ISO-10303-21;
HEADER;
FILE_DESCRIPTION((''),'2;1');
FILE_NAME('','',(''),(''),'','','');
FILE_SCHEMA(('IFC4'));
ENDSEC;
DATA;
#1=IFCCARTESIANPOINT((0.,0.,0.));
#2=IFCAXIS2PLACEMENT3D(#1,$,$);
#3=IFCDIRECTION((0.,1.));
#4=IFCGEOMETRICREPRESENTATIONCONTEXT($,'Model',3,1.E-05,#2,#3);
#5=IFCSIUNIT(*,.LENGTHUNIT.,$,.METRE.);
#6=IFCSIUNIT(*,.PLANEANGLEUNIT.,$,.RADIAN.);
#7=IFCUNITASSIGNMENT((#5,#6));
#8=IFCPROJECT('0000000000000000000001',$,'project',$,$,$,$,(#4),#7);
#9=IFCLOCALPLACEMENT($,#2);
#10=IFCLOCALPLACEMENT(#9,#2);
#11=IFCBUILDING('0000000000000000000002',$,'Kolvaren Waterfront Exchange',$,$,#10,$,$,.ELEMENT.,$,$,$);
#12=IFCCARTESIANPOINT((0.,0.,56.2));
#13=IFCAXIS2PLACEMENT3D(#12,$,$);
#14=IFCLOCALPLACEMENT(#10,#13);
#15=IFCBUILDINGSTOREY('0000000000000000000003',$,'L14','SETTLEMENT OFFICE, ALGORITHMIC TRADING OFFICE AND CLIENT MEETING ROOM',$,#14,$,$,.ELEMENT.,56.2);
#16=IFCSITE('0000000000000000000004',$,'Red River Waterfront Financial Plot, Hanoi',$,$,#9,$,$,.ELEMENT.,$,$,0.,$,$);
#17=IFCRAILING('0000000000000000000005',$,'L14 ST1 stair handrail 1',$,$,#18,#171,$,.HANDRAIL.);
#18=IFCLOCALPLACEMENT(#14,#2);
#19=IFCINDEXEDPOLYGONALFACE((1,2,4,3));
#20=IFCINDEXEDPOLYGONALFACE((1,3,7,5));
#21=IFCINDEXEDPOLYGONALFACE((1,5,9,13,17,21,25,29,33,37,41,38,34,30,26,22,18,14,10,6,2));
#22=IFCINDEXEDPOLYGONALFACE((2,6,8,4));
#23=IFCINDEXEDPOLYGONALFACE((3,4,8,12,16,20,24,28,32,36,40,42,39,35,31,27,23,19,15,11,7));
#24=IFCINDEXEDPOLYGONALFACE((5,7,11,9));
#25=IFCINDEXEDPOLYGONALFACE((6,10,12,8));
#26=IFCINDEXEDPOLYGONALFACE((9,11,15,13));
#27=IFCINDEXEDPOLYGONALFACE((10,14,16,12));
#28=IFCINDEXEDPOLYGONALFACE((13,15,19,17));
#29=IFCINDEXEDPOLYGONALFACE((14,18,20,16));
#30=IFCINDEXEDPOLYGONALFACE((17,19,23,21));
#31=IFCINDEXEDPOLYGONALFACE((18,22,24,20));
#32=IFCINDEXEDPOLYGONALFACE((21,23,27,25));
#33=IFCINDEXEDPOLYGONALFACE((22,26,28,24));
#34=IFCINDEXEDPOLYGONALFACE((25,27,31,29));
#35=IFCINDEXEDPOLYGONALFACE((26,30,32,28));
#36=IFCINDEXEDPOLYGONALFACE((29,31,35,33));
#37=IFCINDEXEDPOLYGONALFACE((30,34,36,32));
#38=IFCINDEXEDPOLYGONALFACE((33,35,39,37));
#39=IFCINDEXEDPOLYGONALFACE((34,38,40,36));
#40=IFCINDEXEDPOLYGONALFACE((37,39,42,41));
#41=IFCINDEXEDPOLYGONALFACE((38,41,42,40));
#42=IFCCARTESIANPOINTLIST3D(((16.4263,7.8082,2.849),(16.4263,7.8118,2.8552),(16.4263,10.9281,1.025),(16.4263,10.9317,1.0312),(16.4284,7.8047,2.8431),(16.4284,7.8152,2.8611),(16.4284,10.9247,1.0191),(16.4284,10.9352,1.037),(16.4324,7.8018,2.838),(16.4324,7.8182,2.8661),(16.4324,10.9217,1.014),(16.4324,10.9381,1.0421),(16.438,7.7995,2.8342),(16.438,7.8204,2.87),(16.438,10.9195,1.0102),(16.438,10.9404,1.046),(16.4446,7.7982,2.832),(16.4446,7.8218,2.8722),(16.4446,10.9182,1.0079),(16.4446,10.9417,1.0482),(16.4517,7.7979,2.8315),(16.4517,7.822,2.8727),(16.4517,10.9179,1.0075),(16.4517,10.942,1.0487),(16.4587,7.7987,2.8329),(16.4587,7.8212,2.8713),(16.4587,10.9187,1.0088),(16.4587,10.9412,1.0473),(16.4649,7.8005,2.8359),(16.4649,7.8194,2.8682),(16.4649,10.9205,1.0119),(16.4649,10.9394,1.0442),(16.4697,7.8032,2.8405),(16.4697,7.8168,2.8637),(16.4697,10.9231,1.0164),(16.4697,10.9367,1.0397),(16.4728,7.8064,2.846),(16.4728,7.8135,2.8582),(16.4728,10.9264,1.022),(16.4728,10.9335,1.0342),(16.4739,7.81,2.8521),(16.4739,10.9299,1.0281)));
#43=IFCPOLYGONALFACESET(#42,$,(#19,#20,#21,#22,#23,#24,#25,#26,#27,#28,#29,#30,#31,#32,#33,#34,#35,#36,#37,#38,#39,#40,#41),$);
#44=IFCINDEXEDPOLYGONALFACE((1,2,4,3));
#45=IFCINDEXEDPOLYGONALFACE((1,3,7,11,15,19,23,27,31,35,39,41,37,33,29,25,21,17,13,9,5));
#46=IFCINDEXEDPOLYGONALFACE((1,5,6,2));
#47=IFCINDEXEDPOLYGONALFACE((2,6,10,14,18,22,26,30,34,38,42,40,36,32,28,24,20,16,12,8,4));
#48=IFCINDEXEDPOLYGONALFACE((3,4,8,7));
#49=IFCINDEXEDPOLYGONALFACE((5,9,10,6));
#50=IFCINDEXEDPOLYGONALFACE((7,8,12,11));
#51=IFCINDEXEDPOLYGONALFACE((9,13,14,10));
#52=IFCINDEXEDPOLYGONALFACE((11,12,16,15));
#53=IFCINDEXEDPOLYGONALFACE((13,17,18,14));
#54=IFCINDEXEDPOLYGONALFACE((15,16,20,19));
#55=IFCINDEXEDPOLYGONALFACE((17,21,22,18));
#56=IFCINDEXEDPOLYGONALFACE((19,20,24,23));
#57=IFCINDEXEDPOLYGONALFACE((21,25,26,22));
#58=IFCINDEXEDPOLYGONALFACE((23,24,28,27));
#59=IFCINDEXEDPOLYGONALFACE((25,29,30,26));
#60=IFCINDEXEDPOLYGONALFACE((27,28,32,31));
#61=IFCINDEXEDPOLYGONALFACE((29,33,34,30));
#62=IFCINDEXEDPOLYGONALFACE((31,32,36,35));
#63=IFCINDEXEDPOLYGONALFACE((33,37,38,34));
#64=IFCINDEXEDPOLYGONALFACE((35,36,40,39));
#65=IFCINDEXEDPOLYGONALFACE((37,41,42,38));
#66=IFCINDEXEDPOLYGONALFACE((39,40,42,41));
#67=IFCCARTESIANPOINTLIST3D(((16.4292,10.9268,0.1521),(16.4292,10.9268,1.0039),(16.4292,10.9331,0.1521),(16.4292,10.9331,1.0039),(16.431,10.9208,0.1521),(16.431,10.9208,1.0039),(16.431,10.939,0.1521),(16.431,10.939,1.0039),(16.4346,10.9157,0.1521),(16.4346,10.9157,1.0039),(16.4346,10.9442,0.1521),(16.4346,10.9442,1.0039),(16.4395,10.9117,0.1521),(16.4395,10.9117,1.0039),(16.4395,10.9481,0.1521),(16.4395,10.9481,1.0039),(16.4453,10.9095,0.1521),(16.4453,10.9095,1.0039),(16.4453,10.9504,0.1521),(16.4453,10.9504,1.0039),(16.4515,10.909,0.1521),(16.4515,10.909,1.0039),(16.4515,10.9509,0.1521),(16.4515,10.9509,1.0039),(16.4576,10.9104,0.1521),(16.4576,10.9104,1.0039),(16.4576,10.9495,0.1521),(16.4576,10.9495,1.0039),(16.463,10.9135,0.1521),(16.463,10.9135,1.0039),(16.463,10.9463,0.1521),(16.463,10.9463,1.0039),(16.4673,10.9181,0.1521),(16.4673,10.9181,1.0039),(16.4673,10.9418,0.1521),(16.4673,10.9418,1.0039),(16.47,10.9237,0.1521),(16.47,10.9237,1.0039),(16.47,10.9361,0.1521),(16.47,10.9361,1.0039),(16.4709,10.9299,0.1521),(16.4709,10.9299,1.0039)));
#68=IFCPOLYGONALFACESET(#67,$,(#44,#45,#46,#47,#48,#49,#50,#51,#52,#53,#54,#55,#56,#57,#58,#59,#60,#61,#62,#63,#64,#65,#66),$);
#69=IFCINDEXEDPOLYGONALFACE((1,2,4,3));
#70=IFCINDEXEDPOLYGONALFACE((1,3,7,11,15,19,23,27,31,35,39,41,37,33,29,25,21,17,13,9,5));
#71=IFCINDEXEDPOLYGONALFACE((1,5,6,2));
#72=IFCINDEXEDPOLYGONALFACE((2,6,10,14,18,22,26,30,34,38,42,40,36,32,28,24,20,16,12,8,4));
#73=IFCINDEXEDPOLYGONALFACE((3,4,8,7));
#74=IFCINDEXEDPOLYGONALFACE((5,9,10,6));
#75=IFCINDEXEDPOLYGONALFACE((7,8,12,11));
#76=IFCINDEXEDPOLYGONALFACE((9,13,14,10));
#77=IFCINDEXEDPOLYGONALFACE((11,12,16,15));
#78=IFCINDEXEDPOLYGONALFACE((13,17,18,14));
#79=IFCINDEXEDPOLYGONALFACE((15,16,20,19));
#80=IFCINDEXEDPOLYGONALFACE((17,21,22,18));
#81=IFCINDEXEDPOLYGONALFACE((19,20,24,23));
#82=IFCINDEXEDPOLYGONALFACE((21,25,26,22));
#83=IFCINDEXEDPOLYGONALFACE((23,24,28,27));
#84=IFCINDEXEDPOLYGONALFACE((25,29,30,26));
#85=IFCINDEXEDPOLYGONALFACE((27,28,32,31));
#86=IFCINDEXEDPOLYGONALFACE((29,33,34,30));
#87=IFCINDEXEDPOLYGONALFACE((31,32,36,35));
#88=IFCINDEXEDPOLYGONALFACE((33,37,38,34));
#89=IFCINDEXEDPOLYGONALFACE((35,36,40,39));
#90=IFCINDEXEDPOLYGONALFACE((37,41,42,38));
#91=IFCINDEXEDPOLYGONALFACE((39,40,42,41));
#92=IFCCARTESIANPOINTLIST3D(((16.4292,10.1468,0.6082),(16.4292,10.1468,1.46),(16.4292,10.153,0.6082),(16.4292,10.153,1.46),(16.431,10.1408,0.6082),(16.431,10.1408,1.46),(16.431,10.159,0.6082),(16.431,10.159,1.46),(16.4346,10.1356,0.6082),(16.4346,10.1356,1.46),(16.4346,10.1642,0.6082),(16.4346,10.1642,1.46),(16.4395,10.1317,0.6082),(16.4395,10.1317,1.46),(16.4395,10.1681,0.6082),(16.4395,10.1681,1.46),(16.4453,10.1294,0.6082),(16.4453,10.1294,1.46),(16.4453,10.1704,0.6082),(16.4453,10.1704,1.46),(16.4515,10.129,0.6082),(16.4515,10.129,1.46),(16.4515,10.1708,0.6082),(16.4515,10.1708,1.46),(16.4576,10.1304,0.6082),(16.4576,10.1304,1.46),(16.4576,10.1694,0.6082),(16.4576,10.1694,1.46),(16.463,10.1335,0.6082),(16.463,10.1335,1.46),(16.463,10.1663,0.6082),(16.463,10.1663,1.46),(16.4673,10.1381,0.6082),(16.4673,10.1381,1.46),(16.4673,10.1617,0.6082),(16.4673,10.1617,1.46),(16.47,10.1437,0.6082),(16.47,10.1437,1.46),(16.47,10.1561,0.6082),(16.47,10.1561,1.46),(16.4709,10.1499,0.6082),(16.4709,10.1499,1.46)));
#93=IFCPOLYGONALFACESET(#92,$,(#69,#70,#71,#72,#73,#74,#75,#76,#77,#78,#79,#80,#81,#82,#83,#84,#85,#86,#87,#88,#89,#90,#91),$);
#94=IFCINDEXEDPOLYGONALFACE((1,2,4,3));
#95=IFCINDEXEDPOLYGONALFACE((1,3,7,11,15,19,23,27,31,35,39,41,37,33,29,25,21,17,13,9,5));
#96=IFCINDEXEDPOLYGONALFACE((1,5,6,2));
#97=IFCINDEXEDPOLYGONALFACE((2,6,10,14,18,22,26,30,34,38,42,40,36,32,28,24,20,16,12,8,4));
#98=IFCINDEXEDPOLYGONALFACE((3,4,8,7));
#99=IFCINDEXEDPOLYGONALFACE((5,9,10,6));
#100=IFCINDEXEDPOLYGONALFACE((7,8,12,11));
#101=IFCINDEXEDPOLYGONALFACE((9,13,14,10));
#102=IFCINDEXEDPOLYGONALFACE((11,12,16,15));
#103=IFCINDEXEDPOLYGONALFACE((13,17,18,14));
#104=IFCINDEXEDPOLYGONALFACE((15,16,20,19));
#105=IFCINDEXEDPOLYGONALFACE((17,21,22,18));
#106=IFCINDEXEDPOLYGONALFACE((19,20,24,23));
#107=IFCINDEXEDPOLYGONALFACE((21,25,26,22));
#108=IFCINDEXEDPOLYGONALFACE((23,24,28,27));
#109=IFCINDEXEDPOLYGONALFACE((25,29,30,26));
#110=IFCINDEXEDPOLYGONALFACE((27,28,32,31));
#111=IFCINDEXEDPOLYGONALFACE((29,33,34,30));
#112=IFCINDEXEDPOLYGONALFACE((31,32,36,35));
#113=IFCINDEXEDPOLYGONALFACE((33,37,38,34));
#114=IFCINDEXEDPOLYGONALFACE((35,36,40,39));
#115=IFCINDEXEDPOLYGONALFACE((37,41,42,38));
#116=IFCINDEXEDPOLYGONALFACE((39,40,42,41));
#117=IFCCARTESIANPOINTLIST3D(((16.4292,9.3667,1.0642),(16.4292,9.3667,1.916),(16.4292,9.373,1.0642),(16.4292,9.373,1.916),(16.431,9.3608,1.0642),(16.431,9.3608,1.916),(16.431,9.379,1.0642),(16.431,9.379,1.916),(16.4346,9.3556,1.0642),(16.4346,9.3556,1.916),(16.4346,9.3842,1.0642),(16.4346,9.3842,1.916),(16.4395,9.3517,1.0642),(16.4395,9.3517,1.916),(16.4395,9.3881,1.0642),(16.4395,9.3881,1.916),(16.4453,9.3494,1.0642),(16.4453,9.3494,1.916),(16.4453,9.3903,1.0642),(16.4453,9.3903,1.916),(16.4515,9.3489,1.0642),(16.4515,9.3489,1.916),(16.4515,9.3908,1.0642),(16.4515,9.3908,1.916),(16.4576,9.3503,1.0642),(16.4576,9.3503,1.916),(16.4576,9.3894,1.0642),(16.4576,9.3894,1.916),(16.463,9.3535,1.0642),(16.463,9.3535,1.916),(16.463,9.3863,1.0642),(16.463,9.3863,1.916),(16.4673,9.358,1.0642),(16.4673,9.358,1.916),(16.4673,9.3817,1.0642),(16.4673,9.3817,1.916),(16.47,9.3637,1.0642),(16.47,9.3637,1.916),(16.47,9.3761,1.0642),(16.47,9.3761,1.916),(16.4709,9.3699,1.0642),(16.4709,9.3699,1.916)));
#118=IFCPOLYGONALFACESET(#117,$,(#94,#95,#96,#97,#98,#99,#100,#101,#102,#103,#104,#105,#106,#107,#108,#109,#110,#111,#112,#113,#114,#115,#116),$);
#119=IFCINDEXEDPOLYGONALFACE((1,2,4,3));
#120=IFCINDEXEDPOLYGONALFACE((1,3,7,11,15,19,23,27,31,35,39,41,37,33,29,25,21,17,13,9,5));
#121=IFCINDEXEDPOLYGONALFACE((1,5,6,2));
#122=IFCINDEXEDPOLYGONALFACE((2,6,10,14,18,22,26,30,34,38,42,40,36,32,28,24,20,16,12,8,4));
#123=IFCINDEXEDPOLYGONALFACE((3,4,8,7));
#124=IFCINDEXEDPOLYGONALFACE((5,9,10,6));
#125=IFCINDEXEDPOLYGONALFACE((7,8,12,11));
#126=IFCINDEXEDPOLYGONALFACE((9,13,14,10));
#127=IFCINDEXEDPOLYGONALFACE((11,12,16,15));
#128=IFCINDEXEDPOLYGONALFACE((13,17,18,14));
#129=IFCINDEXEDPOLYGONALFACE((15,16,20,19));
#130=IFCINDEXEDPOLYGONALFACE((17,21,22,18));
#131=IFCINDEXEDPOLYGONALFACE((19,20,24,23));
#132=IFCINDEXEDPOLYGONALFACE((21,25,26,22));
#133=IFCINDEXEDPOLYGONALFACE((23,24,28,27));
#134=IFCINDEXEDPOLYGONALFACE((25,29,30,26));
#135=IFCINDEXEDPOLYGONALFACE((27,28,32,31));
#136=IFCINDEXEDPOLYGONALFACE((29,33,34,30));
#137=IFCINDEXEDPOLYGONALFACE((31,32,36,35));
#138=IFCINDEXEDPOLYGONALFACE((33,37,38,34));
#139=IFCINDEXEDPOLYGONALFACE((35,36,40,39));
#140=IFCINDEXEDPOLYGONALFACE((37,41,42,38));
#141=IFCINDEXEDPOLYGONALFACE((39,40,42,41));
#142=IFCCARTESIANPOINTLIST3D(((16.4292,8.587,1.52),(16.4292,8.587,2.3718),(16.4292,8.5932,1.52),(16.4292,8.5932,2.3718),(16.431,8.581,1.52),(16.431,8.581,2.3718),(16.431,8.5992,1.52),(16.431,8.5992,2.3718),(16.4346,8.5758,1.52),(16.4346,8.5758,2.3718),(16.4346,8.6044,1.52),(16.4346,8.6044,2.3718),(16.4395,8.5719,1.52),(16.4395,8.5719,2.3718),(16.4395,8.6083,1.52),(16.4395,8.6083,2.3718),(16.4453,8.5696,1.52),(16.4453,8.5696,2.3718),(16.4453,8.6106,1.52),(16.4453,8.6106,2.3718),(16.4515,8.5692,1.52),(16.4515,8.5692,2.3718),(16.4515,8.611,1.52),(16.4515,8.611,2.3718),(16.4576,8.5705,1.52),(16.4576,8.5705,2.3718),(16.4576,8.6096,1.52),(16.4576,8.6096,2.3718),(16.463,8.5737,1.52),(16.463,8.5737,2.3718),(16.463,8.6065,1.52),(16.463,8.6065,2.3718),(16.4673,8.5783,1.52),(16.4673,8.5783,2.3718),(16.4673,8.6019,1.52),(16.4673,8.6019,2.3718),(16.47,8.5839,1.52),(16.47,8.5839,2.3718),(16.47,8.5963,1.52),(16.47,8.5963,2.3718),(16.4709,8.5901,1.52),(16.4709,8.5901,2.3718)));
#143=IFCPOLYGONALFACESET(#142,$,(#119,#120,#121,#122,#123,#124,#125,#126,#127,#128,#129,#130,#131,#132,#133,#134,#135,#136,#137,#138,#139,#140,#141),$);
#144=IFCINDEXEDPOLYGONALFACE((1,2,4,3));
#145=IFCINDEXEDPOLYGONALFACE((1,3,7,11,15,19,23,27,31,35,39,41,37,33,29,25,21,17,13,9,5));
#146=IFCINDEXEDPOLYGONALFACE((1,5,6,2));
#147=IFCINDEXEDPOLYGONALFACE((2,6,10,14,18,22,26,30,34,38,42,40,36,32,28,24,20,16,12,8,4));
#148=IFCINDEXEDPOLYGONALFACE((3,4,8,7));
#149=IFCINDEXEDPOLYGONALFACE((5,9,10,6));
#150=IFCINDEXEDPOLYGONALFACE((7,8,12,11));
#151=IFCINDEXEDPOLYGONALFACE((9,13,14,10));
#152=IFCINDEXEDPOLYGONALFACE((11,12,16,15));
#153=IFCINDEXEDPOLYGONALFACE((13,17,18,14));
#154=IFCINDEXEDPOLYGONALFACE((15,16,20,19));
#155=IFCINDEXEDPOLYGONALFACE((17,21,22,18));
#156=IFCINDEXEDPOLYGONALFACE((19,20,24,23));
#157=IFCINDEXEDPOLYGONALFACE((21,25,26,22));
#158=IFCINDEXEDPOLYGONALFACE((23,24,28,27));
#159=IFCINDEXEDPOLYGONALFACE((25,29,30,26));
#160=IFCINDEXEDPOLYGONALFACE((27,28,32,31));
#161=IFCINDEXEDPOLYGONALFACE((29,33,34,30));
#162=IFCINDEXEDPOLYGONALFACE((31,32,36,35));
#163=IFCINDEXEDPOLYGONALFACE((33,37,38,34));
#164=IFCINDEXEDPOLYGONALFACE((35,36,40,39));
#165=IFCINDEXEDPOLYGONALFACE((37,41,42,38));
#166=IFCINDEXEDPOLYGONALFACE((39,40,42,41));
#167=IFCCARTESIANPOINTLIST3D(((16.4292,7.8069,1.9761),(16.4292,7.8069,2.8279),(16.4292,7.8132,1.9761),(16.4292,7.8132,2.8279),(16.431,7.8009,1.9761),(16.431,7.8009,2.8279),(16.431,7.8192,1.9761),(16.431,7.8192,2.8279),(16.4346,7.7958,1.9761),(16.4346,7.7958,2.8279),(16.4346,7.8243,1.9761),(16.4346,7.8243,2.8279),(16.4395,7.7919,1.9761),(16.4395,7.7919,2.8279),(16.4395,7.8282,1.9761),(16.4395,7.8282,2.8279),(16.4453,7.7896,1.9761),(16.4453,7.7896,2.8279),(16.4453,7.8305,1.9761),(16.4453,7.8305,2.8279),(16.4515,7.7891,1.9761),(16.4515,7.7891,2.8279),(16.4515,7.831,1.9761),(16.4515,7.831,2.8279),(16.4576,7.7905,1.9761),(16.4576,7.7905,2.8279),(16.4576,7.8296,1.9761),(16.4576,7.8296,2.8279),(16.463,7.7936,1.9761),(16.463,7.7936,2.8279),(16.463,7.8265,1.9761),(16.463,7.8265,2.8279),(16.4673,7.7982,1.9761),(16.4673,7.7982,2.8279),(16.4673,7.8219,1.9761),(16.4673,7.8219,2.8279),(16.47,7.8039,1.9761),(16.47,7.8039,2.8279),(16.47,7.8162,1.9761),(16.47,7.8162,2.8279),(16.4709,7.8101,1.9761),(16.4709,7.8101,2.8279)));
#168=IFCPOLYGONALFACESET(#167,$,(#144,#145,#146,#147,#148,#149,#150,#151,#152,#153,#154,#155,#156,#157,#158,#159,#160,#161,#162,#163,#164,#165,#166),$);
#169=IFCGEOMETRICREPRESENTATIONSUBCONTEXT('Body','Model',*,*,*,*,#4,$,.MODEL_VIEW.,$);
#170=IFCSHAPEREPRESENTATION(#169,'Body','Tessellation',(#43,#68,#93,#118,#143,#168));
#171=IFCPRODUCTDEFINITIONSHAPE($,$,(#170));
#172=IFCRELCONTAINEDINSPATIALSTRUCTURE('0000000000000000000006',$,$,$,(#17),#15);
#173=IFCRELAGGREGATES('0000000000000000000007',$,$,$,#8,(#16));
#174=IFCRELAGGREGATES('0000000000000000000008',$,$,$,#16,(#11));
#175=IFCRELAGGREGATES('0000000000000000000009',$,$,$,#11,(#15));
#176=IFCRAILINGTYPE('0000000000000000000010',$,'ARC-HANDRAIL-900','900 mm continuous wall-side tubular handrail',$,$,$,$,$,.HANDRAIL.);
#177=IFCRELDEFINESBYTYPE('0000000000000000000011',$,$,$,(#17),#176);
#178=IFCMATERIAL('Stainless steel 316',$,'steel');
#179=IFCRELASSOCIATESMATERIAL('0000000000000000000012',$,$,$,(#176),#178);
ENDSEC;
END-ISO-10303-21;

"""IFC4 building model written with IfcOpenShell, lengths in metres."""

from ifc_helpers import new_model, si_unit, direction, frame, origin, origin_2d, place, context, subcontext, project, spatial, circle, extrude, material, type_object, element, save


model = new_model("IFC4")

# Units and contexts
model_context = context("Model", 3, precision=1e-05, world=origin(), true_north=direction((0.0, 1.0)))
body_context = subcontext(model_context, "Body", "Model", "MODEL_VIEW")
ifc_project = project(units=[si_unit("LENGTHUNIT", "METRE"), si_unit("PLANEANGLEUNIT", "RADIAN")], contexts=[model_context])

# Site, building, storey
site_placement = place(None, origin())
site = spatial("IfcSite", under=ifc_project, at=site_placement, Name="Red River Waterfront Financial Plot, Hanoi", CompositionType="ELEMENT", RefElevation=0.0)
building_placement = place(site_placement, origin())
building = spatial("IfcBuilding", under=site, at=building_placement, Name="Kolvaren Waterfront Exchange", CompositionType="ELEMENT")
storey_placement = place(building_placement, frame((0.0, 0.0, 56.2)))
storey = spatial("IfcBuildingStorey", under=building, at=storey_placement, Name="L14", Description="SETTLEMENT OFFICE, ALGORITHMIC TRADING OFFICE AND CLIENT MEETING ROOM", CompositionType="ELEMENT", Elevation=56.2)

# Railing
ifc_material_1 = material(Name="Stainless steel 316", Category="steel")
railing_type_1 = type_object("IfcRailingType", Name="ARC-HANDRAIL-900", Description="900 mm continuous wall-side tubular handrail", PredefinedType="HANDRAIL", material=ifc_material_1)
railing_1_placement = place(storey_placement, frame((16.45, 10.9299, 0.1521)))
element("IfcRailing", 1, at=railing_1_placement, inside=storey, type_object=railing_type_1, Name="L14 ST1 stair handrail 1", PredefinedType="HANDRAIL", context=body_context, shape_type="SweptSolid", body=[
    extrude(circle(Radius=0.0239, at=origin_2d()), frame((0.0, 0.0, 0.876), z_axis=(0.0, -0.863291, 0.504707), x_axis=(1.0, 0.0, 0.0)), (0.0, 0.0, 1.0), 3.614),
    extrude(circle(Radius=0.021, at=origin_2d()), origin(), (0.0, 0.0, 1.0), 0.8518),
    extrude(circle(Radius=0.021, at=origin_2d()), frame((0.0, -0.78, 0.4561)), (0.0, 0.0, 1.0), 0.8518),
    extrude(circle(Radius=0.021, at=origin_2d()), frame((0.0, -1.5601, 0.9121)), (0.0, 0.0, 1.0), 0.8518),
    extrude(circle(Radius=0.021, at=origin_2d()), frame((0.0, -2.3398, 1.3679)), (0.0, 0.0, 1.0), 0.8518),
    extrude(circle(Radius=0.021, at=origin_2d()), frame((0.0, -3.1199, 1.824)), (0.0, 0.0, 1.0), 0.8518),
])

save(model, "model.ifc")
